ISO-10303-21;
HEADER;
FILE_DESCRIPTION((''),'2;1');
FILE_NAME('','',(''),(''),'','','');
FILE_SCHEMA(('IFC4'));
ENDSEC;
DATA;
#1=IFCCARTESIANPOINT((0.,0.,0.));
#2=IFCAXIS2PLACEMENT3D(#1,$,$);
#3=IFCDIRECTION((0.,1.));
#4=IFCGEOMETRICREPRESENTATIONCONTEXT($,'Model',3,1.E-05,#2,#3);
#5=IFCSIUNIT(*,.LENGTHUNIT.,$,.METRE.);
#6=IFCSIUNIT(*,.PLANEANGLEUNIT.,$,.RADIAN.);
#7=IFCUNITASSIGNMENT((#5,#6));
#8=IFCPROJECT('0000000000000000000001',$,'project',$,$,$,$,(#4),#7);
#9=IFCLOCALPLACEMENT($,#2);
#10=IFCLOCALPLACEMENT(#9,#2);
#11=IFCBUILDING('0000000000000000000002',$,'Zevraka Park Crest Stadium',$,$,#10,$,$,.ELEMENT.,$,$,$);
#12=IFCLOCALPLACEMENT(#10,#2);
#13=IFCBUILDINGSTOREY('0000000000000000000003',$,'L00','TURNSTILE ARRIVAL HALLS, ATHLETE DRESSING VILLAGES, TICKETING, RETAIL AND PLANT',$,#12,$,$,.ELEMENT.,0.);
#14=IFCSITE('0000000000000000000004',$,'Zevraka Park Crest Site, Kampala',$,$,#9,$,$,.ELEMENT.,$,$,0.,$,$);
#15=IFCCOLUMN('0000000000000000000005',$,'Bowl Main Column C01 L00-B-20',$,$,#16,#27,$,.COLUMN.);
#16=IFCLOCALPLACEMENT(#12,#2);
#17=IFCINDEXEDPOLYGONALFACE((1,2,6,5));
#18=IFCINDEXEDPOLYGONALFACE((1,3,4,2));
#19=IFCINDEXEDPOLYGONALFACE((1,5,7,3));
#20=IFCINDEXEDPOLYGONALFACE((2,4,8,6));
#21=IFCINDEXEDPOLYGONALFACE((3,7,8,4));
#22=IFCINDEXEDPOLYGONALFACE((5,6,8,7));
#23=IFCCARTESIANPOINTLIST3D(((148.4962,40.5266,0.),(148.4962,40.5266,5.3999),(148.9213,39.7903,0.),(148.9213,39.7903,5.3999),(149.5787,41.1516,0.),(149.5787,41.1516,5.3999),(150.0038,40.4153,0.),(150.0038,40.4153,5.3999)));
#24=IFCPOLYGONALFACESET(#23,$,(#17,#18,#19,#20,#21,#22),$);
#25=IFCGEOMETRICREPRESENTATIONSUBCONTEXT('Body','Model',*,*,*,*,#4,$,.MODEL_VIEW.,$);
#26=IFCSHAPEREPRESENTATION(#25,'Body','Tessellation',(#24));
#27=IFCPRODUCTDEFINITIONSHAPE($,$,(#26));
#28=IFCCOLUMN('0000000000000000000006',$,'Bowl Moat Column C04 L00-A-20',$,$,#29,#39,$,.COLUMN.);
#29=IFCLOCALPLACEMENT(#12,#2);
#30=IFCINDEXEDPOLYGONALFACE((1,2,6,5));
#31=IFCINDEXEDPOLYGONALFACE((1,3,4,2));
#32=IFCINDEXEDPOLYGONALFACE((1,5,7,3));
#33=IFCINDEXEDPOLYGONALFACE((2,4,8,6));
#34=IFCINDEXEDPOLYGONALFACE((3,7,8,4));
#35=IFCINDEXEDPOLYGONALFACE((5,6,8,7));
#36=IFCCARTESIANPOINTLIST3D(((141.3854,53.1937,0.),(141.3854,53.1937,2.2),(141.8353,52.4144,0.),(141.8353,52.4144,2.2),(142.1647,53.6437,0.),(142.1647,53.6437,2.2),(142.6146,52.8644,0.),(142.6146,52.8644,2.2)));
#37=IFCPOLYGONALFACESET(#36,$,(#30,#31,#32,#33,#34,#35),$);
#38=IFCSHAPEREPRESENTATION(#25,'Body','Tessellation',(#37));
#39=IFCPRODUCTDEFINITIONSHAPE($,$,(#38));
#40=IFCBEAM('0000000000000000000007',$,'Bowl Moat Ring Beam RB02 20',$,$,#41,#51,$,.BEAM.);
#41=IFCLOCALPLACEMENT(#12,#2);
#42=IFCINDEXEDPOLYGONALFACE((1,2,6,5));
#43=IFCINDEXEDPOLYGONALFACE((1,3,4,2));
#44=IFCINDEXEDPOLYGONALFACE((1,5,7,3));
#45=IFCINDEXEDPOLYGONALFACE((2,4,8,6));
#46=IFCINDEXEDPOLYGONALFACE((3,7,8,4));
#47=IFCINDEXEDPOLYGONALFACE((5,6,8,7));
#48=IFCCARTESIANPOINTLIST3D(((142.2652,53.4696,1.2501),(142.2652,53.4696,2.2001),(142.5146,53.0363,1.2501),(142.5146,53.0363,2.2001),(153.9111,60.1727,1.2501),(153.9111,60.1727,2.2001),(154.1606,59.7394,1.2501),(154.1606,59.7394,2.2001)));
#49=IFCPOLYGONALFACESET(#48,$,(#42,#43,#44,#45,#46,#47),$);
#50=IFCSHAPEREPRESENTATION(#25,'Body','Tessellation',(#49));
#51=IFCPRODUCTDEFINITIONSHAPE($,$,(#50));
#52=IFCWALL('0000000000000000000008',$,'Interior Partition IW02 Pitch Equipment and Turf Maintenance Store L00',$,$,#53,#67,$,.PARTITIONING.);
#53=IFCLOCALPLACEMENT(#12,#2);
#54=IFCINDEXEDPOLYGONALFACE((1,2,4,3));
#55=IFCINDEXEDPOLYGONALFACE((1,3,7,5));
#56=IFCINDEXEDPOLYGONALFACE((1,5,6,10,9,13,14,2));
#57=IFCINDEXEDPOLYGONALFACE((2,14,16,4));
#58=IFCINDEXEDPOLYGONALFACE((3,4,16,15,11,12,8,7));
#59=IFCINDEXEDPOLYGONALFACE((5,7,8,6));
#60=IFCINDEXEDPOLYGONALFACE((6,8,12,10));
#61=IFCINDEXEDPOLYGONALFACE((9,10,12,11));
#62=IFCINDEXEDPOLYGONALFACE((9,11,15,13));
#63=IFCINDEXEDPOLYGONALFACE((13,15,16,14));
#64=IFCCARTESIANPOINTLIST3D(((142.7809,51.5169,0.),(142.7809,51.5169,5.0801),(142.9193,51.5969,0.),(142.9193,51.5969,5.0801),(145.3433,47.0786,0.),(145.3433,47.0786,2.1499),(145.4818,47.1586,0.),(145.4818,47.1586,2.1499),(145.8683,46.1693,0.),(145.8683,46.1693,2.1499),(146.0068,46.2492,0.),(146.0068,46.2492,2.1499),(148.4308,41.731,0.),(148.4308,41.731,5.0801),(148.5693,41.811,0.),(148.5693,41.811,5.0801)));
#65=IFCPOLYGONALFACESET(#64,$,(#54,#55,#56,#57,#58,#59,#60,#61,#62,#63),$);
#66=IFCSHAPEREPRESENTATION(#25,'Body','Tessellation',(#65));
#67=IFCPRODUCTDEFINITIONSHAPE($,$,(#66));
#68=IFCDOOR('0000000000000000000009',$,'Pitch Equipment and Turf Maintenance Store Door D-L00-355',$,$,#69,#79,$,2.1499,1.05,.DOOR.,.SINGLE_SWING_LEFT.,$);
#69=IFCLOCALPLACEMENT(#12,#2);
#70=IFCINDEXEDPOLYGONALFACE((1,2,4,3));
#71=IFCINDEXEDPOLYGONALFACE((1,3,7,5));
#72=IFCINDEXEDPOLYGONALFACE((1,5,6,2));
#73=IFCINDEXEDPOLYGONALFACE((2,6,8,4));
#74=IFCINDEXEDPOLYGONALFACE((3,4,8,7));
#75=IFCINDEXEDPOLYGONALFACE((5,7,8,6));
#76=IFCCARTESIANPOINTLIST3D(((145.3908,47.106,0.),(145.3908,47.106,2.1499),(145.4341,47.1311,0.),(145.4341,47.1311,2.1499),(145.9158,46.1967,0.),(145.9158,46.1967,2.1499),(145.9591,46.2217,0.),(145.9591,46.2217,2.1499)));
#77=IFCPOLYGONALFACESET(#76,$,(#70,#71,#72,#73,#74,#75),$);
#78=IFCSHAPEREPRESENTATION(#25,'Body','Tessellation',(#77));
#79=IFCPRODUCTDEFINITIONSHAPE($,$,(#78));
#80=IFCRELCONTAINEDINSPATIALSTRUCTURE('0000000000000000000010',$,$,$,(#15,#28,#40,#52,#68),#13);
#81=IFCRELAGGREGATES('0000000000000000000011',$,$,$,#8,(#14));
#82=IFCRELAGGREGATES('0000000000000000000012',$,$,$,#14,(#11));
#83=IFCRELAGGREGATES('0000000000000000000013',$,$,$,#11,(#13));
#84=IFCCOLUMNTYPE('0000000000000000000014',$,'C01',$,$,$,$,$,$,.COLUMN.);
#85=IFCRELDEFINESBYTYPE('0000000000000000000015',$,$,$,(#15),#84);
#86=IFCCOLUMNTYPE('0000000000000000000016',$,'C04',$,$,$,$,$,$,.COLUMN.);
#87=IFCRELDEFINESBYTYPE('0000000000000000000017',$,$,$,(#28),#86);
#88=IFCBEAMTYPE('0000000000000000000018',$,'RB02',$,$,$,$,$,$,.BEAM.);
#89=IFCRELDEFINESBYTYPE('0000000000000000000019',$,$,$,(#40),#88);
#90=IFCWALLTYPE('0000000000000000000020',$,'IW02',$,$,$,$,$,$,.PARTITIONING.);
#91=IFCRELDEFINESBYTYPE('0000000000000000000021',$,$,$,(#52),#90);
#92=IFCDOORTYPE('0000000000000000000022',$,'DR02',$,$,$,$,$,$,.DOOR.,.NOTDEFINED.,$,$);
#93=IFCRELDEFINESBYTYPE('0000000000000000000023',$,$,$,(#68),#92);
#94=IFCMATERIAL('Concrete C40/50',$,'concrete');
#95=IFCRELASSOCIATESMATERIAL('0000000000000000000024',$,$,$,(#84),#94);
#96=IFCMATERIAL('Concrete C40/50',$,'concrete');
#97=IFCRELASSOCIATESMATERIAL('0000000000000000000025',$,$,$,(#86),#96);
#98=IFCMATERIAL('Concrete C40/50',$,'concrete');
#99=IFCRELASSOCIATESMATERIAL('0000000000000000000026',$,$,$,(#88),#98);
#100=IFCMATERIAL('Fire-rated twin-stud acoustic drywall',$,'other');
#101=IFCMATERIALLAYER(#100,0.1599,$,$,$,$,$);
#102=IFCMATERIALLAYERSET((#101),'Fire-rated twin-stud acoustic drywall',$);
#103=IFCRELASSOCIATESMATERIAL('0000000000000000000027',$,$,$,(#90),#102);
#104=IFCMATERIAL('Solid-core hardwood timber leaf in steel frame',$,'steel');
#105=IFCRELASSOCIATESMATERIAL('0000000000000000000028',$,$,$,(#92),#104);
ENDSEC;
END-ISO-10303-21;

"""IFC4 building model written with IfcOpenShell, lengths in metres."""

from ifc_helpers import new_model, si_unit, direction, frame, frame_2d, origin, origin_2d, place, context, subcontext, project, spatial, rectangle, extrude, material, layer, layer_set, material_profile, profile_set, type_object, element, fill, save


model = new_model("IFC4")

# Units and contexts
model_context = context("Model", 3, precision=1e-05, world=origin(), true_north=direction((0.0, 1.0)))
body_context = subcontext(model_context, "Body", "Model", "MODEL_VIEW")
ifc_project = project(units=[si_unit("LENGTHUNIT", "METRE"), si_unit("PLANEANGLEUNIT", "RADIAN")], contexts=[model_context])

# Site, building, storey
site_placement = place(None, origin())
site = spatial("IfcSite", under=ifc_project, at=site_placement, Name="Zevraka Park Crest Site, Kampala", CompositionType="ELEMENT", RefElevation=0.0)
building_placement = place(site_placement, origin())
building = spatial("IfcBuilding", under=site, at=building_placement, Name="Zevraka Park Crest Stadium", CompositionType="ELEMENT")
storey_placement = place(building_placement, origin())
storey = spatial("IfcBuildingStorey", under=building, at=storey_placement, Name="L00", Description="TURNSTILE ARRIVAL HALLS, ATHLETE DRESSING VILLAGES, TICKETING, RETAIL AND PLANT", CompositionType="ELEMENT", Elevation=0.0)

# Columns
ifc_material_1 = material(Name="Concrete C40/50", Category="concrete")
ifc_material_profile_1 = material_profile(ifc_material_1, rectangle(XDim=0.8501, YDim=1.25, at=origin_2d()), Name="RC 1250x850")
ifc_profile_set_1 = profile_set([ifc_material_profile_1], Name="Concrete C40/50")
column_type_1 = type_object("IfcColumnType", Name="C01", PredefinedType="COLUMN", material=ifc_profile_set_1)
for number, where, z_axis, x_axis, name in (
    (1, (149.25, 40.4709, 0.0), (0.0, 0.0, 1.0), (-0.5, 0.866025, 0.0), "Bowl Main Column C01 L00-B-20"),
):
    element("IfcColumn", number, at=place(storey_placement, frame(where, z_axis=z_axis, x_axis=x_axis)), inside=storey, type_object=column_type_1, Name=name, PredefinedType="COLUMN", context=body_context, shape_type="SweptSolid", body=[
        extrude(rectangle(XDim=0.8501, YDim=1.25, at=origin_2d()), origin(), (0.0, 0.0, 1.0), 5.3999),
    ])
ifc_material_2 = material(Name="Concrete C40/50", Category="concrete")
ifc_material_profile_2 = material_profile(ifc_material_2, rectangle(XDim=0.8999, YDim=0.8999, at=origin_2d()), Name="RC 900x900")
ifc_profile_set_2 = profile_set([ifc_material_profile_2], Name="Concrete C40/50")
column_type_2 = type_object("IfcColumnType", Name="C04", PredefinedType="COLUMN", material=ifc_profile_set_2)
column_placement = place(storey_placement, frame((142.0, 53.0291, 0.0), z_axis=(0.0, 0.0, 1.0), x_axis=(-0.5, 0.866025, 0.0)))
element("IfcColumn", 2, at=column_placement, inside=storey, type_object=column_type_2, Name="Bowl Moat Column C04 L00-A-20", PredefinedType="COLUMN", context=body_context, shape_type="SweptSolid", body=[
    extrude(rectangle(XDim=0.8999, YDim=0.8999, at=origin_2d()), origin(), (0.0, 0.0, 1.0), 2.2),
])

# Beam
ifc_material_3 = material(Name="Concrete C40/50", Category="concrete")
ifc_material_profile_3 = material_profile(ifc_material_3, rectangle(XDim=0.5, YDim=0.95, at=origin_2d()), Name="RC 950x500")
ifc_profile_set_3 = profile_set([ifc_material_profile_3], Name="Concrete C40/50")
beam_type = type_object("IfcBeamType", Name="RB02", PredefinedType="BEAM", material=ifc_profile_set_3)
beam_placement = place(storey_placement, frame((142.3899, 53.2529, 1.7251), z_axis=(0.866691, 0.498845, 0.0), x_axis=(-0.498845, 0.866691, 0.0)))
element("IfcBeam", 3, at=beam_placement, inside=storey, type_object=beam_type, Name="Bowl Moat Ring Beam RB02 20", PredefinedType="BEAM", context=body_context, shape_type="SweptSolid", body=[
    extrude(rectangle(XDim=0.5, YDim=0.95, at=origin_2d()), origin(), (0.0, 0.0, 1.0), 13.4373),
])

# Wall, opening, door
ifc_material_4 = material(Name="Fire-rated twin-stud acoustic drywall", Category="other")
ifc_layer = layer(ifc_material_4, 0.1599)
ifc_layer_set = layer_set([ifc_layer], Name="Fire-rated twin-stud acoustic drywall")
wall_type = type_object("IfcWallType", Name="IW02", PredefinedType="PARTITIONING", material=ifc_layer_set)
wall_placement = place(storey_placement, frame((142.8501, 51.5569, 0.0), z_axis=(0.0, 0.0, 1.0), x_axis=(0.500001, -0.866025, 0.0)))
wall = element("IfcWall", 4, at=wall_placement, inside=storey, type_object=wall_type, Name="Interior Partition IW02 Pitch Equipment and Turf Maintenance Store L00", PredefinedType="PARTITIONING", context=body_context, shape_type="SweptSolid", body=[
    extrude(rectangle(XDim=11.2998, YDim=0.1599, at=frame_2d((5.6499, 0.0))), origin(), (0.0, 0.0, 1.0), 5.0801),
])
opening_placement = place(wall_placement, frame((5.125, 0.0, 0.0)))
opening = element("IfcOpeningElement", 5, at=opening_placement, cuts=wall, PredefinedType="OPENING", context=body_context, shape_type="SweptSolid", body=[
    extrude(rectangle(XDim=1.05, YDim=2.1499, at=frame_2d((0.5249, 1.075))), frame((0.0, 0.0898, 0.0), z_axis=(0.0, -1.0, 0.0), x_axis=(1.0, 0.0, 0.0)), (0.0, 0.0, 1.0), 0.1799),
])
ifc_material_5 = material(Name="Solid-core hardwood timber leaf in steel frame", Category="steel")
door_type = type_object("IfcDoorType", Name="DR02", OperationType="NOTDEFINED", PredefinedType="DOOR", material=ifc_material_5)
door_placement = place(opening_placement, origin())
door = element("IfcDoor", 6, at=door_placement, inside=storey, type_object=door_type, Name="Pitch Equipment and Turf Maintenance Store Door D-L00-355", OperationType="SINGLE_SWING_LEFT", OverallHeight=2.1499, OverallWidth=1.05, PredefinedType="DOOR", context=body_context, shape_type="SweptSolid", body=[
    extrude(rectangle(XDim=1.05, YDim=2.1499, at=frame_2d((0.5249, 1.075))), frame((0.0, 0.0249, 0.0), z_axis=(0.0, -1.0, 0.0), x_axis=(1.0, 0.0, 0.0)), (0.0, 0.0, 1.0), 0.05),
])
fill(opening, door)

save(model, "model.ifc")
